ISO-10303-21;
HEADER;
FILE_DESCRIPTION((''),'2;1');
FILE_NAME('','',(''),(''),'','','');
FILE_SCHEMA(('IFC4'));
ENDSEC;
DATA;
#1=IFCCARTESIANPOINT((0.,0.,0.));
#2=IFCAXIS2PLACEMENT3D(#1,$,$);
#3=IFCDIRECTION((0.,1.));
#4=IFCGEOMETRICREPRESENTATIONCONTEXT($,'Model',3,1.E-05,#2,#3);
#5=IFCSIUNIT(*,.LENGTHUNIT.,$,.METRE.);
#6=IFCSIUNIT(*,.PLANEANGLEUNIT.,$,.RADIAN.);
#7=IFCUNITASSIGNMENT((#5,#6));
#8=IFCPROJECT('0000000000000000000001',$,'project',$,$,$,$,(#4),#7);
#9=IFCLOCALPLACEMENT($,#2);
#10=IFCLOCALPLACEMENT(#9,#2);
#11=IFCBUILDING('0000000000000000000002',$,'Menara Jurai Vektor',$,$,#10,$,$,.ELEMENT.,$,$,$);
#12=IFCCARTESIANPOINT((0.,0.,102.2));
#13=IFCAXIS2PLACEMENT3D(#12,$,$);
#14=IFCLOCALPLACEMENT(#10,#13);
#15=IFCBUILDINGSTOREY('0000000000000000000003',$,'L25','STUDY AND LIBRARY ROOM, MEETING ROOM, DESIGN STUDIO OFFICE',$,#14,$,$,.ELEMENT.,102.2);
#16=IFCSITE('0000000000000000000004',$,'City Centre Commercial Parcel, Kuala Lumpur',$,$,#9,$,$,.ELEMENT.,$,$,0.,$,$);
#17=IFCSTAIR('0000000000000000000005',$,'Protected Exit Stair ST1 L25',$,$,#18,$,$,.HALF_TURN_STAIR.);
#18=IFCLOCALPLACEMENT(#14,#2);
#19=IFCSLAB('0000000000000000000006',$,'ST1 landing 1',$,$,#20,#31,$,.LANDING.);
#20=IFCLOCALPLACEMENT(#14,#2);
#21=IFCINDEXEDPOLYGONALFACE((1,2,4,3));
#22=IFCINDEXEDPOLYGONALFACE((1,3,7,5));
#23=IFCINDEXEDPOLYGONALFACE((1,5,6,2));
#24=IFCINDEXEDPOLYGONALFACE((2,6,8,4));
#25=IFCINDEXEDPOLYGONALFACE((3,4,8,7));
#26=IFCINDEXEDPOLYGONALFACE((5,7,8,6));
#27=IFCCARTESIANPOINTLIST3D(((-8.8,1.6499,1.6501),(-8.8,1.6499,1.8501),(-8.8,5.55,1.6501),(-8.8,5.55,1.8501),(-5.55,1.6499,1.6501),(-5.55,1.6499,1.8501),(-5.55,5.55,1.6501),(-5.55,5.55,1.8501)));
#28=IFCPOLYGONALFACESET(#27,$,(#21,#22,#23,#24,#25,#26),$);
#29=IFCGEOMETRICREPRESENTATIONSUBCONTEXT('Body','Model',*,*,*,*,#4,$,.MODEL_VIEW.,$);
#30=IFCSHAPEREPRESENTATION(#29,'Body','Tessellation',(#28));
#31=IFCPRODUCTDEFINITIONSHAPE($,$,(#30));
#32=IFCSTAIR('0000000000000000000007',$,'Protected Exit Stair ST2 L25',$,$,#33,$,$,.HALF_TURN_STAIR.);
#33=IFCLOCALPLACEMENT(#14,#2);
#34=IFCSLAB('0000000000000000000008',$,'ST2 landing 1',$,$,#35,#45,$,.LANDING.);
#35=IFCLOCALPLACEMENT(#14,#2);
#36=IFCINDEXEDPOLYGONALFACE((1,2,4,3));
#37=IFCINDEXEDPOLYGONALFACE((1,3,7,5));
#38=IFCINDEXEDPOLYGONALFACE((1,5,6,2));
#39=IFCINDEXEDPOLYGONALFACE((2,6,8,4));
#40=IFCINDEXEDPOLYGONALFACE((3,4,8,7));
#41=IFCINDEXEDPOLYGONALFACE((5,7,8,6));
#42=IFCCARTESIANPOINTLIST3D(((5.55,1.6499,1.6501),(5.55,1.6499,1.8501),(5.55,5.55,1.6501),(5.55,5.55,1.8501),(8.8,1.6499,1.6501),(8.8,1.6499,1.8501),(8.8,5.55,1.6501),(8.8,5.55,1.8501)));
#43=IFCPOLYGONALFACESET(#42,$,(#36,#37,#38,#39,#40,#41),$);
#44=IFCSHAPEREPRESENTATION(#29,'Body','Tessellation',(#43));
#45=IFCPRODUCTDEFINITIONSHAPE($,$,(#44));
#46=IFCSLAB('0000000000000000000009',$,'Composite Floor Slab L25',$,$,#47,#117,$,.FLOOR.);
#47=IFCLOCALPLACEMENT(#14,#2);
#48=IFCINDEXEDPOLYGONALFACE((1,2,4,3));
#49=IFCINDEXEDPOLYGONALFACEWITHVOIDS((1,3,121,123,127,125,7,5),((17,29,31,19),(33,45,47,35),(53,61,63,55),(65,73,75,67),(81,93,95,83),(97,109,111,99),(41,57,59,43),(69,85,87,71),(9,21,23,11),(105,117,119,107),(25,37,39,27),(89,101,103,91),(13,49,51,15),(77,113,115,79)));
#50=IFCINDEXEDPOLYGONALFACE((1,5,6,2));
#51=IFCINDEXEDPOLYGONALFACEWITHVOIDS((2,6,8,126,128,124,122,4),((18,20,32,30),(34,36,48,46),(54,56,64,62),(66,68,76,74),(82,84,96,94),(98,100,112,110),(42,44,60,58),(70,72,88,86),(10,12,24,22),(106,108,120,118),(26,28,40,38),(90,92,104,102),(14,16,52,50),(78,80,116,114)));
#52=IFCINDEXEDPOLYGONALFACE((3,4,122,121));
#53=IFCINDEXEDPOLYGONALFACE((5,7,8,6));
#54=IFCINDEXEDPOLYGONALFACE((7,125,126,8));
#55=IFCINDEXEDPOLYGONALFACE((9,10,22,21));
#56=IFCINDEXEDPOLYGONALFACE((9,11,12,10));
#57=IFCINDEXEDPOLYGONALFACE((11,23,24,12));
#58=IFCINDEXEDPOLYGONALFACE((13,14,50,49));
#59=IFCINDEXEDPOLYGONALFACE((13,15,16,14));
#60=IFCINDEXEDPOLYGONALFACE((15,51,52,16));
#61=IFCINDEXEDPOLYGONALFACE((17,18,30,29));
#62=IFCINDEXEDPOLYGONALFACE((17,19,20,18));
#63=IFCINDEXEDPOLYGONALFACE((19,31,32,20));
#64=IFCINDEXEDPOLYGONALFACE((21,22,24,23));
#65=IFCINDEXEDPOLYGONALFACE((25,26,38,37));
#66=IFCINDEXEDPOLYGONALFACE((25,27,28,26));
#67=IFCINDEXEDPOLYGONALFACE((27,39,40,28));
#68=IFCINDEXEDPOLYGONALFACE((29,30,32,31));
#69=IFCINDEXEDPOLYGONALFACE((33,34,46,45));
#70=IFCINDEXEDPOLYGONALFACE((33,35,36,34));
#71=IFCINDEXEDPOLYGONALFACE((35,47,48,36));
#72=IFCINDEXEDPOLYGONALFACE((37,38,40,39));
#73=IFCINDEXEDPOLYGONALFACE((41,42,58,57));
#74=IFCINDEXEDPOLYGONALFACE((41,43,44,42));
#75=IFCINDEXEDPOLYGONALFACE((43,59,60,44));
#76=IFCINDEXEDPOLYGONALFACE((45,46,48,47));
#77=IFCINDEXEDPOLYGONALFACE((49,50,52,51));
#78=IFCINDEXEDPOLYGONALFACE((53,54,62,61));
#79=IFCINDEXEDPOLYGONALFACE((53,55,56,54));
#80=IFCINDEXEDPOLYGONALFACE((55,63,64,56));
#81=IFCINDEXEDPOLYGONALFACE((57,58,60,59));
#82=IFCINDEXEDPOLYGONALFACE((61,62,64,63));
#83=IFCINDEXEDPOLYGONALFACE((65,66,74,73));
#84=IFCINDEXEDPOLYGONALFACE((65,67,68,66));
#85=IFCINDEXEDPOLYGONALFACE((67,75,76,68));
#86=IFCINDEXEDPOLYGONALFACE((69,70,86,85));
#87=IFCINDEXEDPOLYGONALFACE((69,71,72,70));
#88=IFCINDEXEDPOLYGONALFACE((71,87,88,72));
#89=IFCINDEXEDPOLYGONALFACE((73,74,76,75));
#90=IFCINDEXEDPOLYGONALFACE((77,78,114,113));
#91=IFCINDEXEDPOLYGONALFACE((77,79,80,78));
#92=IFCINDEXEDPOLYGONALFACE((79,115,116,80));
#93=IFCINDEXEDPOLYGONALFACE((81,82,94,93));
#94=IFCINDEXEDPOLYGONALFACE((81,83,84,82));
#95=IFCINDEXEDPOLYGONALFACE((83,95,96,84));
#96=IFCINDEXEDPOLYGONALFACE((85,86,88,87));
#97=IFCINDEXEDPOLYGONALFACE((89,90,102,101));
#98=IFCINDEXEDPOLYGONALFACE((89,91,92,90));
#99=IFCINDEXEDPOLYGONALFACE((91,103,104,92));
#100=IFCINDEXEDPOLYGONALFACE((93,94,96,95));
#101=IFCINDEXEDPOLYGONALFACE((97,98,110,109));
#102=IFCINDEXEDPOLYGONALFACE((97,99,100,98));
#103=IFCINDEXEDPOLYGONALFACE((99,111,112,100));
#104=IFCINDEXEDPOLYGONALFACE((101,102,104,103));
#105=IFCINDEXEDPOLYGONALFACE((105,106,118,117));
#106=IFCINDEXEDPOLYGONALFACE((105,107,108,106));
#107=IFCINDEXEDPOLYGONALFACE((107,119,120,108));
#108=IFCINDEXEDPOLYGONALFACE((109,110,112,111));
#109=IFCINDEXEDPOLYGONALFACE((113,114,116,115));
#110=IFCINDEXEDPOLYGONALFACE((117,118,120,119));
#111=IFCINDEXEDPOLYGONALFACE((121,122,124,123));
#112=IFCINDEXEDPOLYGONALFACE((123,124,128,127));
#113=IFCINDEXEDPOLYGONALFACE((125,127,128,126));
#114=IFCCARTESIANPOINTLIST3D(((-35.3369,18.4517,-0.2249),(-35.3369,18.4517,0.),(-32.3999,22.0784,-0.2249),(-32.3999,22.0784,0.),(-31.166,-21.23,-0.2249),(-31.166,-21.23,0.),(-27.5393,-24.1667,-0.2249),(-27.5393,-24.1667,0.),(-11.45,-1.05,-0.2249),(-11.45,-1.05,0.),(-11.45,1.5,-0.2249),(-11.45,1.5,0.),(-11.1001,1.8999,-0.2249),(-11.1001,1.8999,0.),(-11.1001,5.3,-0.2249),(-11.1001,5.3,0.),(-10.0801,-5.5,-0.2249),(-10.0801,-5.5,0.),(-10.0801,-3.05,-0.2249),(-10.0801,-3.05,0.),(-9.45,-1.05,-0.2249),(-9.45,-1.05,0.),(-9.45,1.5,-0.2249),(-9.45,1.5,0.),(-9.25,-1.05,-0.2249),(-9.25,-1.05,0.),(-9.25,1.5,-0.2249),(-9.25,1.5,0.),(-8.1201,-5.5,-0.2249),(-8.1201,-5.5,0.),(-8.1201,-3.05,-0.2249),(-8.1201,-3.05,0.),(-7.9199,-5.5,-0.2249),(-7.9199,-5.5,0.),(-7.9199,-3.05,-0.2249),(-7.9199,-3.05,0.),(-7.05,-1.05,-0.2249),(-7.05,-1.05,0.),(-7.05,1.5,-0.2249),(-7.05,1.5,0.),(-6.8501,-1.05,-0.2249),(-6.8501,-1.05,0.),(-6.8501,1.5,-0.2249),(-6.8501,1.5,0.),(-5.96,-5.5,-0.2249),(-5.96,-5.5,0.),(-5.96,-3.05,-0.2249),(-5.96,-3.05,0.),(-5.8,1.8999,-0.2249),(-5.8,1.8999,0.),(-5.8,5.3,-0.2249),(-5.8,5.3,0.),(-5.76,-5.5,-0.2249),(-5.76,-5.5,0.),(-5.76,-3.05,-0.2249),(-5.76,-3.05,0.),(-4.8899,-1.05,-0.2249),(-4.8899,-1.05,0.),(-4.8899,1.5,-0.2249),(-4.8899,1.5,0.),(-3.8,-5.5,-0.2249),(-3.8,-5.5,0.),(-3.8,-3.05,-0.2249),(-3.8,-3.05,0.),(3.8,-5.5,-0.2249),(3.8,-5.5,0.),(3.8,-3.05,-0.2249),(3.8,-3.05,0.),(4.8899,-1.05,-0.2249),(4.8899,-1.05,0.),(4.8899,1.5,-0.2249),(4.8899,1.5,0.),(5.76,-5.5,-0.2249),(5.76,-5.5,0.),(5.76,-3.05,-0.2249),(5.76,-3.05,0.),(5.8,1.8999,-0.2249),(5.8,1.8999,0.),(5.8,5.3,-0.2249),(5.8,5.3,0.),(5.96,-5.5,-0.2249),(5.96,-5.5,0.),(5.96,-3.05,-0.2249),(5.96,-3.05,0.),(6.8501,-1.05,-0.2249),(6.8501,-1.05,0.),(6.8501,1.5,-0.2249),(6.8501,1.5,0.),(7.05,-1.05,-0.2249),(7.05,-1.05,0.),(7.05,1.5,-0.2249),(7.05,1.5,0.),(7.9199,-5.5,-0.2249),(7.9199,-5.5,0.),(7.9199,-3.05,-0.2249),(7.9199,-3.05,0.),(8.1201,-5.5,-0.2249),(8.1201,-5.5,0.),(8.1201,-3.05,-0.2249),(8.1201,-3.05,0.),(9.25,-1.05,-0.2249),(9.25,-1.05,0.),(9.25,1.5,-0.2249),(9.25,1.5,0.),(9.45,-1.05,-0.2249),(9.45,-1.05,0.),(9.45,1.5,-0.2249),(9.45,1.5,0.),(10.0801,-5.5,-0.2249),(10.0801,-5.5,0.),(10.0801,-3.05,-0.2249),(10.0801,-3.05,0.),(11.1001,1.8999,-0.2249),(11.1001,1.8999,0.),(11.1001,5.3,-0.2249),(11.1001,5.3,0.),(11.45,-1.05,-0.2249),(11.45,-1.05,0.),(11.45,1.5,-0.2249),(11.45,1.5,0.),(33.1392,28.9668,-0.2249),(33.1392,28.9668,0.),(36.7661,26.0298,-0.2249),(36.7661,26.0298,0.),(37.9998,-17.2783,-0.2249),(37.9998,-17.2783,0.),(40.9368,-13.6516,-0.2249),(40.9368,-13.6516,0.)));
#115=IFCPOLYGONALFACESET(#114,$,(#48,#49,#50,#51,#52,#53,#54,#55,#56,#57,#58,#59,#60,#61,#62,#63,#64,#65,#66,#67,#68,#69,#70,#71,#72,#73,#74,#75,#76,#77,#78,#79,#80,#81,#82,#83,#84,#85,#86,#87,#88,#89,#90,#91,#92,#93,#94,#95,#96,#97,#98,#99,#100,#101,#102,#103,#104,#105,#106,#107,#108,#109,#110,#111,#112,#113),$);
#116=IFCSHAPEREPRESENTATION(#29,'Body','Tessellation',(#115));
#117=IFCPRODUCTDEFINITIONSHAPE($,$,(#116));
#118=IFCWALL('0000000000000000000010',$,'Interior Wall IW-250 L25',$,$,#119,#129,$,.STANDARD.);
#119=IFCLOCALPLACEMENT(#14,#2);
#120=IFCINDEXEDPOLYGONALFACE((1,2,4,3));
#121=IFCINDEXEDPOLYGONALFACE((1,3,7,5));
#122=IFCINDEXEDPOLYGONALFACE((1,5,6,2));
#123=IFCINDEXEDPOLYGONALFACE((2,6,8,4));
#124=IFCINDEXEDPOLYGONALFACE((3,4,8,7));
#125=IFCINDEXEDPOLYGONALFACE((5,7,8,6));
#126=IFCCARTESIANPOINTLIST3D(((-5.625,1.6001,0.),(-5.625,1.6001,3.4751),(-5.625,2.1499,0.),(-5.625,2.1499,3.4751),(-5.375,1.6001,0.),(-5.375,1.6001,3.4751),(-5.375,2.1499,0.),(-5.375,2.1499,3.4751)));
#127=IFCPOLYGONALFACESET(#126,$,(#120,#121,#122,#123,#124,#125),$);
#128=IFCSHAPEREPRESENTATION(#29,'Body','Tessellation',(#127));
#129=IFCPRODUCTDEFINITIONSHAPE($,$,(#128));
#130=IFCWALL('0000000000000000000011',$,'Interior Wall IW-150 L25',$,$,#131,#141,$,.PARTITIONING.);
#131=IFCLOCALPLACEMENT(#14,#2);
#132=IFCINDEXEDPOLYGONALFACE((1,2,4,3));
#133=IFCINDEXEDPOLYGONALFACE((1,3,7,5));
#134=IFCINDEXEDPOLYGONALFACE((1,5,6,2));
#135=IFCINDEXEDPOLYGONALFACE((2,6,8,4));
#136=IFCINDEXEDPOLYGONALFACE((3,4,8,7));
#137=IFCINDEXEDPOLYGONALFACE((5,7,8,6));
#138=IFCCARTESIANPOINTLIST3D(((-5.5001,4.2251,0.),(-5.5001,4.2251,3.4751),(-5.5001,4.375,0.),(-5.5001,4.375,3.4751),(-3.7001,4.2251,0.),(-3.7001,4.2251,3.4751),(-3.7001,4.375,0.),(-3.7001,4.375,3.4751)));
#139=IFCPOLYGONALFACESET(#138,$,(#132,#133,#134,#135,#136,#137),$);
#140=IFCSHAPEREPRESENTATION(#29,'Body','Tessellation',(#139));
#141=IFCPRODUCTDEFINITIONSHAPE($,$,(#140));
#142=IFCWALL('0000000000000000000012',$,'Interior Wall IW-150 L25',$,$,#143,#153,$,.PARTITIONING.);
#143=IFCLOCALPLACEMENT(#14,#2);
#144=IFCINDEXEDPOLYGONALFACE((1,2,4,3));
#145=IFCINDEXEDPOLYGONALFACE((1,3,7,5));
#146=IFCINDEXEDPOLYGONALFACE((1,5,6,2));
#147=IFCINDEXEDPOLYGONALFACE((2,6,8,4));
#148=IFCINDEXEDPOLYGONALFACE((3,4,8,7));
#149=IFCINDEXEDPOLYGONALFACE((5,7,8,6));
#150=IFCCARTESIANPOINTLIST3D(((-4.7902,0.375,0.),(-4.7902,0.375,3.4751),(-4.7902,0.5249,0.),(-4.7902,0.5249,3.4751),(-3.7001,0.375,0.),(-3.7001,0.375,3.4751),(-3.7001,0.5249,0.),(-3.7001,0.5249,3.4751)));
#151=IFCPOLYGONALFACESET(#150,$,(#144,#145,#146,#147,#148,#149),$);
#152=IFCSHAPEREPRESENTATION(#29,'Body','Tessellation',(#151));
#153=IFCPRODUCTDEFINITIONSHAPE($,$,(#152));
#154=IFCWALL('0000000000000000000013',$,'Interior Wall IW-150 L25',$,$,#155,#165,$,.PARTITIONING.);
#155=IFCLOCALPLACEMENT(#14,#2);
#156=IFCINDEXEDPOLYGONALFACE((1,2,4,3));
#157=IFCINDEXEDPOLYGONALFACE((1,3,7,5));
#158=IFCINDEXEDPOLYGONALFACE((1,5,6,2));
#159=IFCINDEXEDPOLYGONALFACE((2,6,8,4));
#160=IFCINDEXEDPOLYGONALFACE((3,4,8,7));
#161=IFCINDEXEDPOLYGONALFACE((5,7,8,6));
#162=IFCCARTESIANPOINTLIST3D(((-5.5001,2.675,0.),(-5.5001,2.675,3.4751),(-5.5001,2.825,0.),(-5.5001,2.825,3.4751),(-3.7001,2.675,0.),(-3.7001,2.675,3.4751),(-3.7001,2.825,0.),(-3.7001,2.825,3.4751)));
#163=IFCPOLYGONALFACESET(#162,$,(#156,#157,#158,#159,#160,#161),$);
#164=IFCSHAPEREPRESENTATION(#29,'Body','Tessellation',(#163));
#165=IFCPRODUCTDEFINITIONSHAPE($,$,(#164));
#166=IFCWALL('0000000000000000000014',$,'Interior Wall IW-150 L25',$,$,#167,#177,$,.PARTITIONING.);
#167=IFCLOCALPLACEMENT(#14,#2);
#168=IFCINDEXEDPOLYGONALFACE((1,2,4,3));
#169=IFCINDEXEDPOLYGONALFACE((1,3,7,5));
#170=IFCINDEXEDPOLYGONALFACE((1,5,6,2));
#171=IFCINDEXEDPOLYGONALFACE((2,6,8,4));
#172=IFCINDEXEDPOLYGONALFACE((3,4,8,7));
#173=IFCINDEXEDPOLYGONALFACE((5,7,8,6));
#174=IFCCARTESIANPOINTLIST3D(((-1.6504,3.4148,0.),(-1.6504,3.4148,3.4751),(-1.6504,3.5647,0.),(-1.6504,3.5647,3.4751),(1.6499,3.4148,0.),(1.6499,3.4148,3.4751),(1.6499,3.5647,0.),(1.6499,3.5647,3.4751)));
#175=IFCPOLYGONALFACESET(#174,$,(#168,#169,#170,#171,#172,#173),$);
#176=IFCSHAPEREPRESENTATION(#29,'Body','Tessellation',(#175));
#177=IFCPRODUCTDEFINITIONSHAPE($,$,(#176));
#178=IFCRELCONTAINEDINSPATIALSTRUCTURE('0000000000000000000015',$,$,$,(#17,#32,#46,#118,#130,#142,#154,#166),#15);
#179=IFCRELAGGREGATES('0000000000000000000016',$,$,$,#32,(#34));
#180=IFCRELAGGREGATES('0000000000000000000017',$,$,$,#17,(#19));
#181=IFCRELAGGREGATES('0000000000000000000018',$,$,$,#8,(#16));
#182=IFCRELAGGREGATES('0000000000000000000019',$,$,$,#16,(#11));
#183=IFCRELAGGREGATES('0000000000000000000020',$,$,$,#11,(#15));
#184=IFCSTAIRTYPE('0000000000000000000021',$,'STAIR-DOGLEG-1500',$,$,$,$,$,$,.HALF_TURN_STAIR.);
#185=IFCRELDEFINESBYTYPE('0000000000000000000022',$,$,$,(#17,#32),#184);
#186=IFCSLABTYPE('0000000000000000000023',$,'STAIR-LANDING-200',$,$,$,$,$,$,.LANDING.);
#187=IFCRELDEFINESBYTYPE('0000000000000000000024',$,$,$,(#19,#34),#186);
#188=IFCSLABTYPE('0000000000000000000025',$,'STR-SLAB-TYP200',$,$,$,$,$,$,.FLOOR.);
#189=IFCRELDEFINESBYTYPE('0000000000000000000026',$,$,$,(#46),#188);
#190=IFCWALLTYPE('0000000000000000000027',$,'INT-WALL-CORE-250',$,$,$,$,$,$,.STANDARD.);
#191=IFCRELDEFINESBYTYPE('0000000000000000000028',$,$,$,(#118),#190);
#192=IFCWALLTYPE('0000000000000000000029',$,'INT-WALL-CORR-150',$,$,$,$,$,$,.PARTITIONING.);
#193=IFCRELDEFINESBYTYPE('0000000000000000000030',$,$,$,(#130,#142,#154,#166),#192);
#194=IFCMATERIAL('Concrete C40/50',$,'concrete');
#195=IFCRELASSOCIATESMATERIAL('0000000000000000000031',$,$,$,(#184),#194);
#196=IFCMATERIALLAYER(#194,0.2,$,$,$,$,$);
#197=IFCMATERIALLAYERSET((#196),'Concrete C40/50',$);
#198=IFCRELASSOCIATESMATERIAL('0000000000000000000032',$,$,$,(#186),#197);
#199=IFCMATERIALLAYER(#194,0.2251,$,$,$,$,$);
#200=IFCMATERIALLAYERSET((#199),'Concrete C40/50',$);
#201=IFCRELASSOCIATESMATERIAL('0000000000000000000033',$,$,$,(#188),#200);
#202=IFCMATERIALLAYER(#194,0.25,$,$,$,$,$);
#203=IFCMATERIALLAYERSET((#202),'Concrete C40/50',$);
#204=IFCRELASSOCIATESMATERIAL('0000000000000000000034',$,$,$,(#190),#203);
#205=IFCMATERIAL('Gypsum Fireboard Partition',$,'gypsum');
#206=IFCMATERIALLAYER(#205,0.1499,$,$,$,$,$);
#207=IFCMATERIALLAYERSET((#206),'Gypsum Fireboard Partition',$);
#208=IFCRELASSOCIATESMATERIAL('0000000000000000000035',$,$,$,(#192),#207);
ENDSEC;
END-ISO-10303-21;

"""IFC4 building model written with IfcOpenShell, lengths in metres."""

from ifc_helpers import new_model, si_unit, direction, frame, frame_2d, origin, place, context, subcontext, project, spatial, polyline, rectangle, outline, extrude, material, layer, layer_set, type_object, element, aggregate, save


model = new_model("IFC4")

# Units and contexts
model_context = context("Model", 3, precision=1e-05, world=origin(), true_north=direction((0.0, 1.0)))
body_context = subcontext(model_context, "Body", "Model", "MODEL_VIEW")
ifc_project = project(units=[si_unit("LENGTHUNIT", "METRE"), si_unit("PLANEANGLEUNIT", "RADIAN")], contexts=[model_context])

# Site, building, storey
site_placement = place(None, origin())
site = spatial("IfcSite", under=ifc_project, at=site_placement, Name="City Centre Commercial Parcel, Kuala Lumpur", CompositionType="ELEMENT", RefElevation=0.0)
building_placement = place(site_placement, origin())
building = spatial("IfcBuilding", under=site, at=building_placement, Name="Menara Jurai Vektor", CompositionType="ELEMENT")
storey_placement = place(building_placement, frame((0.0, 0.0, 102.2)))
storey = spatial("IfcBuildingStorey", under=building, at=storey_placement, Name="L25", Description="STUDY AND LIBRARY ROOM, MEETING ROOM, DESIGN STUDIO OFFICE", CompositionType="ELEMENT", Elevation=102.2)

# Stairs, slabs
ifc_material_1 = material(Name="Concrete C40/50", Category="concrete")
stair_type = type_object("IfcStairType", Name="STAIR-DOGLEG-1500", PredefinedType="HALF_TURN_STAIR", material=ifc_material_1)
stair_1_placement = place(storey_placement, origin())
stair_1 = element("IfcStair", 1, at=stair_1_placement, inside=storey, type_object=stair_type, Name="Protected Exit Stair ST1 L25", PredefinedType="HALF_TURN_STAIR")
ifc_layer_1 = layer(ifc_material_1, 0.2)
ifc_layer_set_1 = layer_set([ifc_layer_1], Name="Concrete C40/50")
slab_type_1 = type_object("IfcSlabType", Name="STAIR-LANDING-200", PredefinedType="LANDING", material=ifc_layer_set_1)
slab_1_placement = place(storey_placement, frame((0.0, 0.0, 1.6501)))
slab_1 = element("IfcSlab", 2, at=slab_1_placement, type_object=slab_type_1, Name="ST1 landing 1", PredefinedType="LANDING", context=body_context, shape_type="SweptSolid", body=[
    extrude(outline(polyline([(-8.8, 1.6499), (-5.55, 1.6499), (-5.55, 5.55), (-8.8, 5.55), (-8.8, 1.6499)])), origin(), (0.0, 0.0, 1.0), 0.2),
])
stair_2_placement = place(storey_placement, origin())
stair_2 = element("IfcStair", 3, at=stair_2_placement, inside=storey, type_object=stair_type, Name="Protected Exit Stair ST2 L25", PredefinedType="HALF_TURN_STAIR")
slab_2_placement = place(storey_placement, frame((0.0, 0.0, 1.6501)))
slab_2 = element("IfcSlab", 4, at=slab_2_placement, type_object=slab_type_1, Name="ST2 landing 1", PredefinedType="LANDING", context=body_context, shape_type="SweptSolid", body=[
    extrude(outline(polyline([(5.55, 1.6499), (8.8, 1.6499), (8.8, 5.55), (5.55, 5.55), (5.55, 1.6499)])), origin(), (0.0, 0.0, 1.0), 0.2),
])
aggregate(stair_2, [slab_2])

# Slab
ifc_layer_2 = layer(ifc_material_1, 0.2251)
ifc_layer_set_2 = layer_set([ifc_layer_2], Name="Concrete C40/50")
slab_type_2 = type_object("IfcSlabType", Name="STR-SLAB-TYP200", PredefinedType="FLOOR", material=ifc_layer_set_2)
slab_3_placement = place(storey_placement, frame((0.0, 0.0, -0.2249)))
element("IfcSlab", 5, at=slab_3_placement, inside=storey, type_object=slab_type_2, Name="Composite Floor Slab L25", PredefinedType="FLOOR", context=body_context, shape_type="SweptSolid", body=[
    extrude(outline(polyline([(-27.5393, -24.1667), (37.9998, -17.2783), (40.9368, -13.6516), (36.7661, 26.0298), (33.1392, 28.9668), (-32.3999, 22.0784), (-35.3369, 18.4517), (-31.166, -21.23), (-27.5393, -24.1667)]), holes=[polyline([(-11.1001, 1.8999), (-11.1001, 5.3), (-5.8, 5.3), (-5.8, 1.8999), (-11.1001, 1.8999)]), polyline([(5.8, 1.8999), (5.8, 5.3), (11.1001, 5.3), (11.1001, 1.8999), (5.8, 1.8999)]), polyline([(-11.45, -1.05), (-11.45, 1.5), (-9.45, 1.5), (-9.45, -1.05), (-11.45, -1.05)]), polyline([(9.45, -1.05), (9.45, 1.5), (11.45, 1.5), (11.45, -1.05), (9.45, -1.05)]), polyline([(-5.76, -5.5), (-5.76, -3.05), (-3.8, -3.05), (-3.8, -5.5), (-5.76, -5.5)]), polyline([(-6.8501, -1.05), (-6.8501, 1.5), (-4.8899, 1.5), (-4.8899, -1.05), (-6.8501, -1.05)]), polyline([(3.8, -5.5), (3.8, -3.05), (5.76, -3.05), (5.76, -5.5), (3.8, -5.5)]), polyline([(4.8899, -1.05), (4.8899, 1.5), (6.8501, 1.5), (6.8501, -1.05), (4.8899, -1.05)]), polyline([(-10.0801, -5.5), (-10.0801, -3.05), (-8.1201, -3.05), (-8.1201, -5.5), (-10.0801, -5.5)]), polyline([(-7.9199, -5.5), (-7.9199, -3.05), (-5.96, -3.05), (-5.96, -5.5), (-7.9199, -5.5)]), polyline([(5.96, -5.5), (5.96, -3.05), (7.9199, -3.05), (7.9199, -5.5), (5.96, -5.5)]), polyline([(8.1201, -5.5), (8.1201, -3.05), (10.0801, -3.05), (10.0801, -5.5), (8.1201, -5.5)]), polyline([(-9.25, -1.05), (-9.25, 1.5), (-7.05, 1.5), (-7.05, -1.05), (-9.25, -1.05)]), polyline([(7.05, -1.05), (7.05, 1.5), (9.25, 1.5), (9.25, -1.05), (7.05, -1.05)])]), origin(), (0.0, 0.0, 1.0), 0.2249),
])

# Shared definitions
ifc_layer_3 = layer(ifc_material_1, 0.25)
ifc_layer_set_3 = layer_set([ifc_layer_3], Name="Concrete C40/50")
wall_type_1 = type_object("IfcWallType", Name="INT-WALL-CORE-250", PredefinedType="STANDARD", material=ifc_layer_set_3)

# Walls
wall_1_placement = place(storey_placement, frame((-5.5, 1.6001, 0.0), z_axis=(0.0, 0.0, 1.0), x_axis=(0.0, 1.0, 0.0)))
element("IfcWall", 6, at=wall_1_placement, inside=storey, type_object=wall_type_1, Name="Interior Wall IW-250 L25", PredefinedType="STANDARD", context=body_context, shape_type="SweptSolid", body=[
    extrude(rectangle(XDim=0.5498, YDim=0.25, at=frame_2d((0.2749, 0.0))), origin(), (0.0, 0.0, 1.0), 3.4751),
])
ifc_material_2 = material(Name="Gypsum Fireboard Partition", Category="gypsum")
ifc_layer_4 = layer(ifc_material_2, 0.1499)
ifc_layer_set_4 = layer_set([ifc_layer_4], Name="Gypsum Fireboard Partition")
wall_type_2 = type_object("IfcWallType", Name="INT-WALL-CORR-150", PredefinedType="PARTITIONING", material=ifc_layer_set_4)
wall_2_placement = place(storey_placement, frame((-5.5, 4.3, 0.0), z_axis=(0.0, 0.0, 1.0), x_axis=(1.0, 0.0, 0.0)))
element("IfcWall", 7, at=wall_2_placement, inside=storey, type_object=wall_type_2, Name="Interior Wall IW-150 L25", PredefinedType="PARTITIONING", context=body_context, shape_type="SweptSolid", body=[
    extrude(rectangle(XDim=1.8, YDim=0.1499, at=frame_2d((0.8999, 0.0))), origin(), (0.0, 0.0, 1.0), 3.4751),
])
wall_3_placement = place(storey_placement, frame((-4.79, 0.45, 0.0), z_axis=(0.0, 0.0, 1.0), x_axis=(1.0, 0.0, 0.0)))
element("IfcWall", 8, at=wall_3_placement, inside=storey, type_object=wall_type_2, Name="Interior Wall IW-150 L25", PredefinedType="PARTITIONING", context=body_context, shape_type="SweptSolid", body=[
    extrude(rectangle(XDim=1.0901, YDim=0.1499, at=frame_2d((0.5449, 0.0))), origin(), (0.0, 0.0, 1.0), 3.4751),
])
wall_4_placement = place(storey_placement, frame((-5.5, 2.75, 0.0), z_axis=(0.0, 0.0, 1.0), x_axis=(1.0, 0.0, 0.0)))
element("IfcWall", 9, at=wall_4_placement, inside=storey, type_object=wall_type_2, Name="Interior Wall IW-150 L25", PredefinedType="PARTITIONING", context=body_context, shape_type="SweptSolid", body=[
    extrude(rectangle(XDim=1.8, YDim=0.1499, at=frame_2d((0.8999, 0.0))), origin(), (0.0, 0.0, 1.0), 3.4751),
])
wall_5_placement = place(storey_placement, frame((-1.6504, 3.4897, 0.0), z_axis=(0.0, 0.0, 1.0), x_axis=(1.0, 0.0, 0.0)))
element("IfcWall", 10, at=wall_5_placement, inside=storey, type_object=wall_type_2, Name="Interior Wall IW-150 L25", PredefinedType="PARTITIONING", context=body_context, shape_type="SweptSolid", body=[
    extrude(rectangle(XDim=3.3003, YDim=0.1499, at=frame_2d((1.6501, 0.0))), origin(), (0.0, 0.0, 1.0), 3.4751),
])

aggregate(stair_1, [slab_1])

save(model, "model.ifc")
